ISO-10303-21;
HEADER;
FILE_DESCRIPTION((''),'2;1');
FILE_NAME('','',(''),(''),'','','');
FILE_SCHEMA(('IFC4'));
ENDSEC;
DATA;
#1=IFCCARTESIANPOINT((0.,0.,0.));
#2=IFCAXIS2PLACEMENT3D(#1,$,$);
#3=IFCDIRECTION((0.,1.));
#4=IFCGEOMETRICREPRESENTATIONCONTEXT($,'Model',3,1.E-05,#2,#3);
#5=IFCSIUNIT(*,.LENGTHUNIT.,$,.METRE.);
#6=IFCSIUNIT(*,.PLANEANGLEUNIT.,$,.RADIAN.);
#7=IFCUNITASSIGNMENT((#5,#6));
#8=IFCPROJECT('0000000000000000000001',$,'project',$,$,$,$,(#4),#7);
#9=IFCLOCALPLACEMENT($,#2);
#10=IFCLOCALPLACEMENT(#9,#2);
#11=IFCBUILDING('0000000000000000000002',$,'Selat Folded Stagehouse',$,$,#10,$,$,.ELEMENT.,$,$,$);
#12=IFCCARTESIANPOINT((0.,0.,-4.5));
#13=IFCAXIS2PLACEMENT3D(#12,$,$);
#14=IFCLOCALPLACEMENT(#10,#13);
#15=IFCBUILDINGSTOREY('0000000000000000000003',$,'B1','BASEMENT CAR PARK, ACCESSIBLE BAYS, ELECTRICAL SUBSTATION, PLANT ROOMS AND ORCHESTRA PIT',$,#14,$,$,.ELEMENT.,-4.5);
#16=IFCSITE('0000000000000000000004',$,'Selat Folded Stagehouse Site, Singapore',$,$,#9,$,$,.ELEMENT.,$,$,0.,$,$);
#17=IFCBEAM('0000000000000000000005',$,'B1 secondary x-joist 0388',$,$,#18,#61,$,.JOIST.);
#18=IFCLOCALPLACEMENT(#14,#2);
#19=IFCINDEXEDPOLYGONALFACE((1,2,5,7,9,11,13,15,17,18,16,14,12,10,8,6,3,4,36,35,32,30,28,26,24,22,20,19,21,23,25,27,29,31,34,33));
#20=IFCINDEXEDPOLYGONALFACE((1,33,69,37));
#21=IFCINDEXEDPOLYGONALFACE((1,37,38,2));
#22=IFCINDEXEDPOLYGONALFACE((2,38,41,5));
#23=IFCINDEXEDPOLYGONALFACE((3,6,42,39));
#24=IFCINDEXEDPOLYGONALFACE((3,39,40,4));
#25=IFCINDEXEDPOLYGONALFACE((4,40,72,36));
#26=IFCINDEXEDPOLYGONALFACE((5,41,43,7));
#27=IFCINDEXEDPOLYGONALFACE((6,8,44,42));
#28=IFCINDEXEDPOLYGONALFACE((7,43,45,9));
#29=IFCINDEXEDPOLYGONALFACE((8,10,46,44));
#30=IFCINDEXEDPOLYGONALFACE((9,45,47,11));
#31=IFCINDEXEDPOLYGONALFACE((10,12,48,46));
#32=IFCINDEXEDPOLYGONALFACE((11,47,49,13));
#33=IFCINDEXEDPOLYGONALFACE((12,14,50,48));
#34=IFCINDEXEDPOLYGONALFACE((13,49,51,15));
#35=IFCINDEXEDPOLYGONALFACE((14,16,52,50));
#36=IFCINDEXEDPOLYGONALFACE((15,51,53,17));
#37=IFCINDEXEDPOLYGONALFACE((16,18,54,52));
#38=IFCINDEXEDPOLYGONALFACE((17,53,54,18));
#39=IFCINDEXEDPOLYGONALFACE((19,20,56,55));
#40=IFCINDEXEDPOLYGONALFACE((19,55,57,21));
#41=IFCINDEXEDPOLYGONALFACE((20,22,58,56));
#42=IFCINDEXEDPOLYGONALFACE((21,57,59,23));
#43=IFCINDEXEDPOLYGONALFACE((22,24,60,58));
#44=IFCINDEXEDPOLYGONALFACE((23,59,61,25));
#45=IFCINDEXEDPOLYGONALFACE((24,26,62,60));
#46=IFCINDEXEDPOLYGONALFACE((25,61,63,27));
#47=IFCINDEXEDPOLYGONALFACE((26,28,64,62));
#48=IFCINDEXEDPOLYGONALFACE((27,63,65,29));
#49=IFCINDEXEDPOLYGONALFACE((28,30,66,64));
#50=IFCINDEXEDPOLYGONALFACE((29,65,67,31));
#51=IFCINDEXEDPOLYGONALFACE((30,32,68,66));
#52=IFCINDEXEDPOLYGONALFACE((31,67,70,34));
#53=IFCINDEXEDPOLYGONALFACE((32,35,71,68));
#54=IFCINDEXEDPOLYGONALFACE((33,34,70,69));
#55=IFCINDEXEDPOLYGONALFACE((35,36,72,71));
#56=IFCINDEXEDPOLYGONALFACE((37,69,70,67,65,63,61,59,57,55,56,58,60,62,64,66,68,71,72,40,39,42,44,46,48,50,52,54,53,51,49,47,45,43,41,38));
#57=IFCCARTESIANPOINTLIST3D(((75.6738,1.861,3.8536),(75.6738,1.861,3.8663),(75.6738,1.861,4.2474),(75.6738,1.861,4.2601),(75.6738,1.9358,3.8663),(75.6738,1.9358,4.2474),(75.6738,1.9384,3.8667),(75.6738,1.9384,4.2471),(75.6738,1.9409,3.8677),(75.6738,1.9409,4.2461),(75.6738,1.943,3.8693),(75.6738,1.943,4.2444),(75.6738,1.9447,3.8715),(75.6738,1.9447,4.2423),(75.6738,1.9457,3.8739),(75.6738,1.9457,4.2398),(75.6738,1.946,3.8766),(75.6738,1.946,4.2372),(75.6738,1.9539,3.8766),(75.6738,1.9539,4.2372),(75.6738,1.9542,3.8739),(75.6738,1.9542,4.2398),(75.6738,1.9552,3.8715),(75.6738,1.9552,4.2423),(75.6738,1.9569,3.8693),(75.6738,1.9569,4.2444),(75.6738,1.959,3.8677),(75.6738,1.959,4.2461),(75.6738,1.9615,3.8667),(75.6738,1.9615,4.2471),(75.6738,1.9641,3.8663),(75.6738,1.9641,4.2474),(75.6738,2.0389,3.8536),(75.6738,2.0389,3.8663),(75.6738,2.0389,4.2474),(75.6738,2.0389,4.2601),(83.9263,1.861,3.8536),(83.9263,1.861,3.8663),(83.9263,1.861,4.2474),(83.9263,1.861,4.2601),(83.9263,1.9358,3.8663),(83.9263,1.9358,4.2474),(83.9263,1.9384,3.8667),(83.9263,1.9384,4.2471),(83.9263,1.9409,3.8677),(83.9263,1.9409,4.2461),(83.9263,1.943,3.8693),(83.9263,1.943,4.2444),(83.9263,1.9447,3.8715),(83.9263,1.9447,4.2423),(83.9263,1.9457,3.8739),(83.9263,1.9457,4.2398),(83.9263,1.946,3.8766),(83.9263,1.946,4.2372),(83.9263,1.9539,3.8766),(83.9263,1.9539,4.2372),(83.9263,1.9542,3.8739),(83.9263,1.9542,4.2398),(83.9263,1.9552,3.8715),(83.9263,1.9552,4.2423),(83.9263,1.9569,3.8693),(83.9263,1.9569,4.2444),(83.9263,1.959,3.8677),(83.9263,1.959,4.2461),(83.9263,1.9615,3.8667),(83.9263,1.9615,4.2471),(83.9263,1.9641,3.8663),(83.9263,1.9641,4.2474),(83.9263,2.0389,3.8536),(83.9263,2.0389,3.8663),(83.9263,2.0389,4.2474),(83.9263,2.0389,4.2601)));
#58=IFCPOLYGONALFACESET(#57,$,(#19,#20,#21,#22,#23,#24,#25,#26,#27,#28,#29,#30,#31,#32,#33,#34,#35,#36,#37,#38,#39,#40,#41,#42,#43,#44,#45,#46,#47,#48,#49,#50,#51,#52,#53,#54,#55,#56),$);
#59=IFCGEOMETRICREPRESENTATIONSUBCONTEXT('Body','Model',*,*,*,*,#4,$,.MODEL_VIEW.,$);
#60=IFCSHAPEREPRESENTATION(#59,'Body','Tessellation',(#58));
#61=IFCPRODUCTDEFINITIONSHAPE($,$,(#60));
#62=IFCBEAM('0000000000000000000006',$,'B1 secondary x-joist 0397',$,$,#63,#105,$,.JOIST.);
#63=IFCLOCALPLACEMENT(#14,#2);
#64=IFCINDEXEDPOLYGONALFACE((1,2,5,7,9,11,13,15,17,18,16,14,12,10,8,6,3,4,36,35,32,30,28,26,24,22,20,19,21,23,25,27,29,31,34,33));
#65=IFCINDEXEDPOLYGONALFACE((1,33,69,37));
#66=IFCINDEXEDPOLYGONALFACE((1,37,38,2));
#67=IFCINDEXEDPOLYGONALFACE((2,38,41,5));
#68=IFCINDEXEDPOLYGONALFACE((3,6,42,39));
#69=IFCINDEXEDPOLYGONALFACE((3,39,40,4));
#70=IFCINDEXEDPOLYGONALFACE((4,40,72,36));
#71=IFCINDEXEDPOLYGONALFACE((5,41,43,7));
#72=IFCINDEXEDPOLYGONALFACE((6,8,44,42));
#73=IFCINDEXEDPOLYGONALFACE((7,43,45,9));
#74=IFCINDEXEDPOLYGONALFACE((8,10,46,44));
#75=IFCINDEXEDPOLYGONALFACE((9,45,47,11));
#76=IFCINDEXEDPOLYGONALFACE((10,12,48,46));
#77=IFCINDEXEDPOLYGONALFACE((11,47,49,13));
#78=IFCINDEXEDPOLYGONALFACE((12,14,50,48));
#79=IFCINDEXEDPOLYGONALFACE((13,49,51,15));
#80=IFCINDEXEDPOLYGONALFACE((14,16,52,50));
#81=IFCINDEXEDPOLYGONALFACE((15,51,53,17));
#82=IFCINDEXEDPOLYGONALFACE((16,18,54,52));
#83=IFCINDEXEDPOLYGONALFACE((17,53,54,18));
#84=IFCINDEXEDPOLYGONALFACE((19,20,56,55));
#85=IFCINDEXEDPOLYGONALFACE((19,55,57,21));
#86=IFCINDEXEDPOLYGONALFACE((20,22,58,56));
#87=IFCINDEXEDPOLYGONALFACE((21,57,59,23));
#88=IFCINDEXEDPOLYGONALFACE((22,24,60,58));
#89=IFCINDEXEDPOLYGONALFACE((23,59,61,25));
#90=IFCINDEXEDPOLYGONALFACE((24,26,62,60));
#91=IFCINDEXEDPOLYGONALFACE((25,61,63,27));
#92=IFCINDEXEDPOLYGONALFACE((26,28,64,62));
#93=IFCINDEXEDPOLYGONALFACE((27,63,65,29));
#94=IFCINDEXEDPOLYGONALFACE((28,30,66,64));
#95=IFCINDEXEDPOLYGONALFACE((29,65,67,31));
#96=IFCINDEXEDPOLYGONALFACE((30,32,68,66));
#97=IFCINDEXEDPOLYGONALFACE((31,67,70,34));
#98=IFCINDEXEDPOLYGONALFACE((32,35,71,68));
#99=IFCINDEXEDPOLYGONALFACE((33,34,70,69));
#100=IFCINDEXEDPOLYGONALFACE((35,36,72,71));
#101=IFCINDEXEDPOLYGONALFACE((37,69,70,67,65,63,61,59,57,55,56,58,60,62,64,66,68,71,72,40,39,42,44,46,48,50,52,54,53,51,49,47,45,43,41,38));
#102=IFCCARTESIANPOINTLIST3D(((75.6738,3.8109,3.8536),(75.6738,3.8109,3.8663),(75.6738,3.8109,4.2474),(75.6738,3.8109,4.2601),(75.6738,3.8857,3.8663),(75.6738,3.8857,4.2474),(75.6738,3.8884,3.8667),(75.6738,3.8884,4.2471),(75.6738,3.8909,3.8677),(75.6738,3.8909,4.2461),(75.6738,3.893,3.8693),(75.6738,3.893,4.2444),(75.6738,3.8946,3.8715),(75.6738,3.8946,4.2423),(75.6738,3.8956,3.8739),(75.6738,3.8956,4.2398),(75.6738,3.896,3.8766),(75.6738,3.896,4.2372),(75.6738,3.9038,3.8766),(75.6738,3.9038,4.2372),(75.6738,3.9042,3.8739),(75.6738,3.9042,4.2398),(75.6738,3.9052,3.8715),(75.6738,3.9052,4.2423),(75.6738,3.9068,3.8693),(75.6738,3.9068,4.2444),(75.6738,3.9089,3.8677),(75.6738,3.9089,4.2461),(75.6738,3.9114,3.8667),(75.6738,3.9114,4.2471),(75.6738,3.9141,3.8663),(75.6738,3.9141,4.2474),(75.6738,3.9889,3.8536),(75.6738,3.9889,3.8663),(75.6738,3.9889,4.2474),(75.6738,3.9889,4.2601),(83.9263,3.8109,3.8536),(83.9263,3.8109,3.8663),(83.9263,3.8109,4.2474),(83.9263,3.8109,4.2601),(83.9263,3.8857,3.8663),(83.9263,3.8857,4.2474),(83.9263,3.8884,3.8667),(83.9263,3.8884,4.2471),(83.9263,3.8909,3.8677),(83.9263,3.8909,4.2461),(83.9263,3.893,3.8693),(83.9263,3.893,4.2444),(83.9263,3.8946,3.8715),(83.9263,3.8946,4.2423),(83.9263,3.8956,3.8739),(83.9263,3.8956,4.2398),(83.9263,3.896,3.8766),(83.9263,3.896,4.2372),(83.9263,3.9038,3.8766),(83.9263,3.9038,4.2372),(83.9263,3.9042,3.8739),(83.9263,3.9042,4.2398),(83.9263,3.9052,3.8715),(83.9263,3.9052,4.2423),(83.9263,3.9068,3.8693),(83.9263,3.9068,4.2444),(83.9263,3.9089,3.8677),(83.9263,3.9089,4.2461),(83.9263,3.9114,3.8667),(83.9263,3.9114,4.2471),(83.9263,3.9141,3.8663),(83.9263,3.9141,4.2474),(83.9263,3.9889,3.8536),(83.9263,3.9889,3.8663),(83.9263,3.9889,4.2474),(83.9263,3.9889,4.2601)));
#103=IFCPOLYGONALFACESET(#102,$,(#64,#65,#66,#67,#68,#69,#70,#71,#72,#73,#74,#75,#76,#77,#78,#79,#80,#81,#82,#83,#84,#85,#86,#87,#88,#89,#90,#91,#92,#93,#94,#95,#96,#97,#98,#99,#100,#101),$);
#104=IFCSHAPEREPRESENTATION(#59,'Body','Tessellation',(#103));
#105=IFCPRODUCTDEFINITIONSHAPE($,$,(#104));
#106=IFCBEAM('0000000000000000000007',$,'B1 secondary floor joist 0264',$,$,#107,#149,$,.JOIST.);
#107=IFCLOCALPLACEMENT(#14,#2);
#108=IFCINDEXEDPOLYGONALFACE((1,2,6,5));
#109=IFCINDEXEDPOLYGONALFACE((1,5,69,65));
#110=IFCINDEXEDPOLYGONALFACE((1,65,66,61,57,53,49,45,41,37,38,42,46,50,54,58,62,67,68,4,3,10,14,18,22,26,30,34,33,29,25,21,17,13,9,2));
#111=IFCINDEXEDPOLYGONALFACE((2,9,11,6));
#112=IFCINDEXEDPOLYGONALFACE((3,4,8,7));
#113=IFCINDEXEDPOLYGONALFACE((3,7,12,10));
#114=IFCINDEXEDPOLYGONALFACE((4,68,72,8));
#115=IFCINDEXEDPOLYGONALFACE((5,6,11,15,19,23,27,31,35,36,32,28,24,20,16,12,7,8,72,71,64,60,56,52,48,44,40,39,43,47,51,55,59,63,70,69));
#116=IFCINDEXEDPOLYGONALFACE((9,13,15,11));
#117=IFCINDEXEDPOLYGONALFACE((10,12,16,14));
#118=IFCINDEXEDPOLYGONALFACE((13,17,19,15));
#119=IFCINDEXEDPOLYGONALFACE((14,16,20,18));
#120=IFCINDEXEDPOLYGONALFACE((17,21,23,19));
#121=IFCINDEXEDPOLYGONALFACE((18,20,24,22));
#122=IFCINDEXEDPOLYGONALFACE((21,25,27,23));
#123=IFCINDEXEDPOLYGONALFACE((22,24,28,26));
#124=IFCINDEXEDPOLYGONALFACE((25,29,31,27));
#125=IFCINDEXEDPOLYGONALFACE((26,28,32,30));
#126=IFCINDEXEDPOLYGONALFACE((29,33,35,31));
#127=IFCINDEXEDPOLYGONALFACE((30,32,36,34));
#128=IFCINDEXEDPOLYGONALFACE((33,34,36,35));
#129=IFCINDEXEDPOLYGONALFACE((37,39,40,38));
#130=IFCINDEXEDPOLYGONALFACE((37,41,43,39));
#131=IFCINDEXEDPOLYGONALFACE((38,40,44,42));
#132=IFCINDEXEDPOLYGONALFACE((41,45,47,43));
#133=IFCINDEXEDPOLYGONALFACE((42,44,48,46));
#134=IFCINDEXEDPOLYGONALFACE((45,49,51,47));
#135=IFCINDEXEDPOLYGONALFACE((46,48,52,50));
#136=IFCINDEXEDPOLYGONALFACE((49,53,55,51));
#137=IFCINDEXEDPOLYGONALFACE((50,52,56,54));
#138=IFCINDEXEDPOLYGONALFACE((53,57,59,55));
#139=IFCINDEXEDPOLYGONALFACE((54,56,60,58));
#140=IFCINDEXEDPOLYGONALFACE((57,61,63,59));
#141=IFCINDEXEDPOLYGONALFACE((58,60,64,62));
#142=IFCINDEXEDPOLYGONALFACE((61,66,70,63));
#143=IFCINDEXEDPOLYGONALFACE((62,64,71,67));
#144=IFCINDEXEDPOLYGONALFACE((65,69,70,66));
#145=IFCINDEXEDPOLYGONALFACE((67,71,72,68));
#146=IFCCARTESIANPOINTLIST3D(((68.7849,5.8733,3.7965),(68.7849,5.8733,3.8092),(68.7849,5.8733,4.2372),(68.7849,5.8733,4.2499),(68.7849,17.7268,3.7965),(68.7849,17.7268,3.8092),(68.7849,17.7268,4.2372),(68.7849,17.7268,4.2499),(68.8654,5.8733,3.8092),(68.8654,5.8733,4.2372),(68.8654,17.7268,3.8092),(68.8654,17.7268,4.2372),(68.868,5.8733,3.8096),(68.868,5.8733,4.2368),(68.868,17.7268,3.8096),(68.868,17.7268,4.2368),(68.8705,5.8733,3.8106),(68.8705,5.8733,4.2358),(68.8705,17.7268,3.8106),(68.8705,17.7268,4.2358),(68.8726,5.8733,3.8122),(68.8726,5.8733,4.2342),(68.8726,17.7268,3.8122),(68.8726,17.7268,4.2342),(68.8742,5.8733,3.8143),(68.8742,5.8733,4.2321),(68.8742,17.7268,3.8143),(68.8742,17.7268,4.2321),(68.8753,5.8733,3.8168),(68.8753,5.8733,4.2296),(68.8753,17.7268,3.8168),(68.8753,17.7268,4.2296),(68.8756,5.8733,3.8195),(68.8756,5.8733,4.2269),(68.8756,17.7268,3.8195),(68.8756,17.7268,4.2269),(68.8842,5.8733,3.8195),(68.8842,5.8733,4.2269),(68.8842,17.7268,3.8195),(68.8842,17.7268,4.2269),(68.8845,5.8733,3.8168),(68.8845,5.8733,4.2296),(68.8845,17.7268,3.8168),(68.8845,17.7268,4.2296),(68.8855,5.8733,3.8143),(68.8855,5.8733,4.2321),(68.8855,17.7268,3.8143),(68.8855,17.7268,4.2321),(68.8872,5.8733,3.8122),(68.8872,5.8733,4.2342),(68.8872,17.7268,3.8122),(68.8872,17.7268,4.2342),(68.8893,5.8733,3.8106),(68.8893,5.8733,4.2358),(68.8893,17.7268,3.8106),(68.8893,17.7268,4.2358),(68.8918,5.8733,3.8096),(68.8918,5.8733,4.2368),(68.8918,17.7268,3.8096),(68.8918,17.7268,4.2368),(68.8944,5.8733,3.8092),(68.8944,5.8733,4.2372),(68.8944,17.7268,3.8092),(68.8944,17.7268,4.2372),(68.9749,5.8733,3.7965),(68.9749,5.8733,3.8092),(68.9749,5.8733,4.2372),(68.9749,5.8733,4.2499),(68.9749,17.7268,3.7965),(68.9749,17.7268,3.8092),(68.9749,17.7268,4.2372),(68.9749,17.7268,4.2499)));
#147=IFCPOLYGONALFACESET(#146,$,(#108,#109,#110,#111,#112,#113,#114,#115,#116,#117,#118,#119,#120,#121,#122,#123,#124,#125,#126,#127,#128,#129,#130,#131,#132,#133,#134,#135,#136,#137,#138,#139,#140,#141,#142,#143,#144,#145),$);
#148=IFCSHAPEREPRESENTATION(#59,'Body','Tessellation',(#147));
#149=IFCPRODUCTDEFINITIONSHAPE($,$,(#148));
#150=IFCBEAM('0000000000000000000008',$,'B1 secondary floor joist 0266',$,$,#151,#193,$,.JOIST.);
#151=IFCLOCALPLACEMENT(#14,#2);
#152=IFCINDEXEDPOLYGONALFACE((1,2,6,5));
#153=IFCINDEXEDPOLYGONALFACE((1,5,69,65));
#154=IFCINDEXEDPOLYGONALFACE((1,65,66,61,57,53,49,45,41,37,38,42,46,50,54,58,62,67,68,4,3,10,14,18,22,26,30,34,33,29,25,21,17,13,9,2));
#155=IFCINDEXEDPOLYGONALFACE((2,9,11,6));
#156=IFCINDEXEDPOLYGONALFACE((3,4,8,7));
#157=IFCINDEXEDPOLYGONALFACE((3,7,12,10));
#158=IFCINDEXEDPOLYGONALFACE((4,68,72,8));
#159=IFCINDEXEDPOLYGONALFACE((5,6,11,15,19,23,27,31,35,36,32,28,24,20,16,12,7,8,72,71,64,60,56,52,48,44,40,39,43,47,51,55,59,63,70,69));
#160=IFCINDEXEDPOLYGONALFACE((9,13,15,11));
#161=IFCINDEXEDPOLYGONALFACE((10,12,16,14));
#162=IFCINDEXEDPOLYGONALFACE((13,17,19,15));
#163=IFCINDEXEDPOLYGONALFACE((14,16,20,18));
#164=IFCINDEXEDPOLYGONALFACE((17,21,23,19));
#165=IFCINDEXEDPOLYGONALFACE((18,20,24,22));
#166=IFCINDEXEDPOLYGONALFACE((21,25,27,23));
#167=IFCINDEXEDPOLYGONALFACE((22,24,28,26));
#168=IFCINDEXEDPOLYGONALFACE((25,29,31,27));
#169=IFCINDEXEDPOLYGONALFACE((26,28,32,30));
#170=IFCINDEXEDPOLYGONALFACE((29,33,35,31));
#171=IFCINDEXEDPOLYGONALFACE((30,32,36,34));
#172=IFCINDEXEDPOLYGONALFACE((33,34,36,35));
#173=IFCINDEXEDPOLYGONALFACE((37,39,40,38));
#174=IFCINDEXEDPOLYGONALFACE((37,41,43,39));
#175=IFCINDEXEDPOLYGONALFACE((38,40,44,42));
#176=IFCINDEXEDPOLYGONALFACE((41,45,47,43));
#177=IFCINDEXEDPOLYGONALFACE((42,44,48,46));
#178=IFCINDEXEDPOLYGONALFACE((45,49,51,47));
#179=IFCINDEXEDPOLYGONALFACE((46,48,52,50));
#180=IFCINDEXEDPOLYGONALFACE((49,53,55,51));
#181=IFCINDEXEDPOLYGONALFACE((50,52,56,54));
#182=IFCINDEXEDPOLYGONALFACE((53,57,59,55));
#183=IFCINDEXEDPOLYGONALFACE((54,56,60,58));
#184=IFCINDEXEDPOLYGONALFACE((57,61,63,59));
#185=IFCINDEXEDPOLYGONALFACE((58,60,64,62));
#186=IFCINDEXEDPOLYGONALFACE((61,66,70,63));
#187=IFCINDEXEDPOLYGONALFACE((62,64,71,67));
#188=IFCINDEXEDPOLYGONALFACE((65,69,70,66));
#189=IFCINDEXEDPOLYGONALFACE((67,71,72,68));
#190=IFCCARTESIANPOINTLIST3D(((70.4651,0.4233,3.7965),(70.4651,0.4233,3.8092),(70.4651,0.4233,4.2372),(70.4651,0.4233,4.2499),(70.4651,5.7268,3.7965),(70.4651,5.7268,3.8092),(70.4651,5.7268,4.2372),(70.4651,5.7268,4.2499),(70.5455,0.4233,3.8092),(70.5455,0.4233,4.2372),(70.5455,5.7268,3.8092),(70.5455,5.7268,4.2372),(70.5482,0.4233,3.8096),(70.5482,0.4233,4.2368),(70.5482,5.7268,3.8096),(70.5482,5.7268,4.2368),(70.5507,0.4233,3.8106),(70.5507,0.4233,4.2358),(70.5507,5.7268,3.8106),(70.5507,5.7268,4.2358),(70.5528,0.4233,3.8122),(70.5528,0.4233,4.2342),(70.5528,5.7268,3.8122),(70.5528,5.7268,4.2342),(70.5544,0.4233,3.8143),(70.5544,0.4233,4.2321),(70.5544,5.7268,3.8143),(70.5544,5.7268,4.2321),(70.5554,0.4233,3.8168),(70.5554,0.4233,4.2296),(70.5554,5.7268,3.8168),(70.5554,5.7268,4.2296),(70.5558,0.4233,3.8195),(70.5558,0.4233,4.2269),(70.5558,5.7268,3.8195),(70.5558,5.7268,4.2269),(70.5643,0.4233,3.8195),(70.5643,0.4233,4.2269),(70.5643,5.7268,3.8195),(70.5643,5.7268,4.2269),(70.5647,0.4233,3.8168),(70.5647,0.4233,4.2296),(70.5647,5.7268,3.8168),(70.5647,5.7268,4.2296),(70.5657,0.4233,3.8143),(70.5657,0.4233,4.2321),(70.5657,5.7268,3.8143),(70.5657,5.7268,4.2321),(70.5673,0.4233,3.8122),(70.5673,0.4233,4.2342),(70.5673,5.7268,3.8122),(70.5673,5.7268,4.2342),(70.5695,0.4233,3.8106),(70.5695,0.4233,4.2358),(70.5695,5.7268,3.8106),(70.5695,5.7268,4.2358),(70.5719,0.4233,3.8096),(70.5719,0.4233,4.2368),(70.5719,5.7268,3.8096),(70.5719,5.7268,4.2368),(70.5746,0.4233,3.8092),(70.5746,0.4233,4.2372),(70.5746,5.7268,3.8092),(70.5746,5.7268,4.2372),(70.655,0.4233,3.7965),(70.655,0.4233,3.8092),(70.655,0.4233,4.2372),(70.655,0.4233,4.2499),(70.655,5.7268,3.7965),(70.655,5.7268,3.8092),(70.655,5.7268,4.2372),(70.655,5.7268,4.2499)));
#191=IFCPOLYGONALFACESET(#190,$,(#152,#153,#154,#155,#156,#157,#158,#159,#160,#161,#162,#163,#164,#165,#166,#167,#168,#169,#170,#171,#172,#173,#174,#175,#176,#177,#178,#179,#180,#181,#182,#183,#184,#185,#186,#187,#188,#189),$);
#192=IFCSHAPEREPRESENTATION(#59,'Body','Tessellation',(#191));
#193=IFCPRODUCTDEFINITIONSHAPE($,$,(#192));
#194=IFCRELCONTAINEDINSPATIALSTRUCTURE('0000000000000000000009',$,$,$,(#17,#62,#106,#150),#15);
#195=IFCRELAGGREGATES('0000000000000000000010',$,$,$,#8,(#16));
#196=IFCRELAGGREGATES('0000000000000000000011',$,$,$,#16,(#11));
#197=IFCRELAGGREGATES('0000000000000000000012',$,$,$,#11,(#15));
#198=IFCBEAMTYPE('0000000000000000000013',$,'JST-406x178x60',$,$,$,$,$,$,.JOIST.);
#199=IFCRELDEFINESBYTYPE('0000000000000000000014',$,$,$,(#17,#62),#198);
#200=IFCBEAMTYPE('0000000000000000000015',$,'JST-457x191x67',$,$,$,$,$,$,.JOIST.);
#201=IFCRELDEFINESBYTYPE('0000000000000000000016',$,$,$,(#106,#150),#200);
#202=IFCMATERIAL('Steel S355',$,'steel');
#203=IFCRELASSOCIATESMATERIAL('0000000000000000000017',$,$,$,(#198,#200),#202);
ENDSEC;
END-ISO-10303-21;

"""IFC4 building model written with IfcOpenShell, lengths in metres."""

from ifc_helpers import new_model, si_unit, direction, frame, origin, origin_2d, place, context, subcontext, project, spatial, i_section, extrude, material, material_profile, profile_set, type_object, element, save


model = new_model("IFC4")

# Units and contexts
model_context = context("Model", 3, precision=1e-05, world=origin(), true_north=direction((0.0, 1.0)))
body_context = subcontext(model_context, "Body", "Model", "MODEL_VIEW")
ifc_project = project(units=[si_unit("LENGTHUNIT", "METRE"), si_unit("PLANEANGLEUNIT", "RADIAN")], contexts=[model_context])

# Site, building, storey
site_placement = place(None, origin())
site = spatial("IfcSite", under=ifc_project, at=site_placement, Name="Selat Folded Stagehouse Site, Singapore", CompositionType="ELEMENT", RefElevation=0.0)
building_placement = place(site_placement, origin())
building = spatial("IfcBuilding", under=site, at=building_placement, Name="Selat Folded Stagehouse", CompositionType="ELEMENT")
storey_placement = place(building_placement, frame((0.0, 0.0, -4.5)))
storey = spatial("IfcBuildingStorey", under=building, at=storey_placement, Name="B1", Description="BASEMENT CAR PARK, ACCESSIBLE BAYS, ELECTRICAL SUBSTATION, PLANT ROOMS AND ORCHESTRA PIT", CompositionType="ELEMENT", Elevation=-4.5)

# Shared definitions
ifc_material_1 = material(Name="Steel S355", Category="steel")

# Beams
ifc_material_profile_1 = material_profile(ifc_material_1, i_section(OverallWidth=0.178, OverallDepth=0.4065, WebThickness=0.0078, FlangeThickness=0.0127, FilletRadius=0.0103, at=origin_2d()), Name="UKB 406x178x60")
ifc_profile_set_1 = profile_set([ifc_material_profile_1], Name="Steel S355")
beam_type_1 = type_object("IfcBeamType", Name="JST-406x178x60", PredefinedType="JOIST", material=ifc_profile_set_1)
for number, where, z_axis, x_axis, name in (
    (1, (75.6738, 1.95, 4.0569), (1.0, 0.0, 0.0), (0.0, 1.0, 0.0), "B1 secondary x-joist 0388"),
    (2, (75.6738, 3.8999, 4.0569), (1.0, 0.0, 0.0), (0.0, 1.0, 0.0), "B1 secondary x-joist 0397"),
):
    element("IfcBeam", number, at=place(storey_placement, frame(where, z_axis=z_axis, x_axis=x_axis)), inside=storey, type_object=beam_type_1, Name=name, PredefinedType="JOIST", context=body_context, shape_type="SweptSolid", body=[
        extrude(i_section(OverallWidth=0.178, OverallDepth=0.4065, WebThickness=0.0078, FlangeThickness=0.0127, FilletRadius=0.0103, at=origin_2d()), origin(), (0.0, 0.0, 1.0), 8.2524),
    ])
ifc_material_profile_2 = material_profile(ifc_material_1, i_section(OverallWidth=0.1899, OverallDepth=0.4534, WebThickness=0.0085, FlangeThickness=0.0127, FilletRadius=0.0103, at=origin_2d()), Name="UKB 457x191x67")
ifc_profile_set_2 = profile_set([ifc_material_profile_2], Name="Steel S355")
beam_type_2 = type_object("IfcBeamType", Name="JST-457x191x67", PredefinedType="JOIST", material=ifc_profile_set_2)
beam_1_placement = place(storey_placement, frame((68.8799, 5.8733, 4.0232), z_axis=(0.0, 1.0, 0.0), x_axis=(-1.0, 0.0, 0.0)))
element("IfcBeam", 3, at=beam_1_placement, inside=storey, type_object=beam_type_2, Name="B1 secondary floor joist 0264", PredefinedType="JOIST", context=body_context, shape_type="SweptSolid", body=[
    extrude(i_section(OverallWidth=0.1899, OverallDepth=0.4534, WebThickness=0.0085, FlangeThickness=0.0127, FilletRadius=0.0103, at=origin_2d()), origin(), (0.0, 0.0, 1.0), 11.8535),
])
beam_2_placement = place(storey_placement, frame((70.5601, 0.4233, 4.0232), z_axis=(0.0, 1.0, 0.0), x_axis=(-1.0, 0.0, 0.0)))
element("IfcBeam", 4, at=beam_2_placement, inside=storey, type_object=beam_type_2, Name="B1 secondary floor joist 0266", PredefinedType="JOIST", context=body_context, shape_type="SweptSolid", body=[
    extrude(i_section(OverallWidth=0.1899, OverallDepth=0.4534, WebThickness=0.0085, FlangeThickness=0.0127, FilletRadius=0.0103, at=origin_2d()), origin(), (0.0, 0.0, 1.0), 5.3035),
])

save(model, "model.ifc")
